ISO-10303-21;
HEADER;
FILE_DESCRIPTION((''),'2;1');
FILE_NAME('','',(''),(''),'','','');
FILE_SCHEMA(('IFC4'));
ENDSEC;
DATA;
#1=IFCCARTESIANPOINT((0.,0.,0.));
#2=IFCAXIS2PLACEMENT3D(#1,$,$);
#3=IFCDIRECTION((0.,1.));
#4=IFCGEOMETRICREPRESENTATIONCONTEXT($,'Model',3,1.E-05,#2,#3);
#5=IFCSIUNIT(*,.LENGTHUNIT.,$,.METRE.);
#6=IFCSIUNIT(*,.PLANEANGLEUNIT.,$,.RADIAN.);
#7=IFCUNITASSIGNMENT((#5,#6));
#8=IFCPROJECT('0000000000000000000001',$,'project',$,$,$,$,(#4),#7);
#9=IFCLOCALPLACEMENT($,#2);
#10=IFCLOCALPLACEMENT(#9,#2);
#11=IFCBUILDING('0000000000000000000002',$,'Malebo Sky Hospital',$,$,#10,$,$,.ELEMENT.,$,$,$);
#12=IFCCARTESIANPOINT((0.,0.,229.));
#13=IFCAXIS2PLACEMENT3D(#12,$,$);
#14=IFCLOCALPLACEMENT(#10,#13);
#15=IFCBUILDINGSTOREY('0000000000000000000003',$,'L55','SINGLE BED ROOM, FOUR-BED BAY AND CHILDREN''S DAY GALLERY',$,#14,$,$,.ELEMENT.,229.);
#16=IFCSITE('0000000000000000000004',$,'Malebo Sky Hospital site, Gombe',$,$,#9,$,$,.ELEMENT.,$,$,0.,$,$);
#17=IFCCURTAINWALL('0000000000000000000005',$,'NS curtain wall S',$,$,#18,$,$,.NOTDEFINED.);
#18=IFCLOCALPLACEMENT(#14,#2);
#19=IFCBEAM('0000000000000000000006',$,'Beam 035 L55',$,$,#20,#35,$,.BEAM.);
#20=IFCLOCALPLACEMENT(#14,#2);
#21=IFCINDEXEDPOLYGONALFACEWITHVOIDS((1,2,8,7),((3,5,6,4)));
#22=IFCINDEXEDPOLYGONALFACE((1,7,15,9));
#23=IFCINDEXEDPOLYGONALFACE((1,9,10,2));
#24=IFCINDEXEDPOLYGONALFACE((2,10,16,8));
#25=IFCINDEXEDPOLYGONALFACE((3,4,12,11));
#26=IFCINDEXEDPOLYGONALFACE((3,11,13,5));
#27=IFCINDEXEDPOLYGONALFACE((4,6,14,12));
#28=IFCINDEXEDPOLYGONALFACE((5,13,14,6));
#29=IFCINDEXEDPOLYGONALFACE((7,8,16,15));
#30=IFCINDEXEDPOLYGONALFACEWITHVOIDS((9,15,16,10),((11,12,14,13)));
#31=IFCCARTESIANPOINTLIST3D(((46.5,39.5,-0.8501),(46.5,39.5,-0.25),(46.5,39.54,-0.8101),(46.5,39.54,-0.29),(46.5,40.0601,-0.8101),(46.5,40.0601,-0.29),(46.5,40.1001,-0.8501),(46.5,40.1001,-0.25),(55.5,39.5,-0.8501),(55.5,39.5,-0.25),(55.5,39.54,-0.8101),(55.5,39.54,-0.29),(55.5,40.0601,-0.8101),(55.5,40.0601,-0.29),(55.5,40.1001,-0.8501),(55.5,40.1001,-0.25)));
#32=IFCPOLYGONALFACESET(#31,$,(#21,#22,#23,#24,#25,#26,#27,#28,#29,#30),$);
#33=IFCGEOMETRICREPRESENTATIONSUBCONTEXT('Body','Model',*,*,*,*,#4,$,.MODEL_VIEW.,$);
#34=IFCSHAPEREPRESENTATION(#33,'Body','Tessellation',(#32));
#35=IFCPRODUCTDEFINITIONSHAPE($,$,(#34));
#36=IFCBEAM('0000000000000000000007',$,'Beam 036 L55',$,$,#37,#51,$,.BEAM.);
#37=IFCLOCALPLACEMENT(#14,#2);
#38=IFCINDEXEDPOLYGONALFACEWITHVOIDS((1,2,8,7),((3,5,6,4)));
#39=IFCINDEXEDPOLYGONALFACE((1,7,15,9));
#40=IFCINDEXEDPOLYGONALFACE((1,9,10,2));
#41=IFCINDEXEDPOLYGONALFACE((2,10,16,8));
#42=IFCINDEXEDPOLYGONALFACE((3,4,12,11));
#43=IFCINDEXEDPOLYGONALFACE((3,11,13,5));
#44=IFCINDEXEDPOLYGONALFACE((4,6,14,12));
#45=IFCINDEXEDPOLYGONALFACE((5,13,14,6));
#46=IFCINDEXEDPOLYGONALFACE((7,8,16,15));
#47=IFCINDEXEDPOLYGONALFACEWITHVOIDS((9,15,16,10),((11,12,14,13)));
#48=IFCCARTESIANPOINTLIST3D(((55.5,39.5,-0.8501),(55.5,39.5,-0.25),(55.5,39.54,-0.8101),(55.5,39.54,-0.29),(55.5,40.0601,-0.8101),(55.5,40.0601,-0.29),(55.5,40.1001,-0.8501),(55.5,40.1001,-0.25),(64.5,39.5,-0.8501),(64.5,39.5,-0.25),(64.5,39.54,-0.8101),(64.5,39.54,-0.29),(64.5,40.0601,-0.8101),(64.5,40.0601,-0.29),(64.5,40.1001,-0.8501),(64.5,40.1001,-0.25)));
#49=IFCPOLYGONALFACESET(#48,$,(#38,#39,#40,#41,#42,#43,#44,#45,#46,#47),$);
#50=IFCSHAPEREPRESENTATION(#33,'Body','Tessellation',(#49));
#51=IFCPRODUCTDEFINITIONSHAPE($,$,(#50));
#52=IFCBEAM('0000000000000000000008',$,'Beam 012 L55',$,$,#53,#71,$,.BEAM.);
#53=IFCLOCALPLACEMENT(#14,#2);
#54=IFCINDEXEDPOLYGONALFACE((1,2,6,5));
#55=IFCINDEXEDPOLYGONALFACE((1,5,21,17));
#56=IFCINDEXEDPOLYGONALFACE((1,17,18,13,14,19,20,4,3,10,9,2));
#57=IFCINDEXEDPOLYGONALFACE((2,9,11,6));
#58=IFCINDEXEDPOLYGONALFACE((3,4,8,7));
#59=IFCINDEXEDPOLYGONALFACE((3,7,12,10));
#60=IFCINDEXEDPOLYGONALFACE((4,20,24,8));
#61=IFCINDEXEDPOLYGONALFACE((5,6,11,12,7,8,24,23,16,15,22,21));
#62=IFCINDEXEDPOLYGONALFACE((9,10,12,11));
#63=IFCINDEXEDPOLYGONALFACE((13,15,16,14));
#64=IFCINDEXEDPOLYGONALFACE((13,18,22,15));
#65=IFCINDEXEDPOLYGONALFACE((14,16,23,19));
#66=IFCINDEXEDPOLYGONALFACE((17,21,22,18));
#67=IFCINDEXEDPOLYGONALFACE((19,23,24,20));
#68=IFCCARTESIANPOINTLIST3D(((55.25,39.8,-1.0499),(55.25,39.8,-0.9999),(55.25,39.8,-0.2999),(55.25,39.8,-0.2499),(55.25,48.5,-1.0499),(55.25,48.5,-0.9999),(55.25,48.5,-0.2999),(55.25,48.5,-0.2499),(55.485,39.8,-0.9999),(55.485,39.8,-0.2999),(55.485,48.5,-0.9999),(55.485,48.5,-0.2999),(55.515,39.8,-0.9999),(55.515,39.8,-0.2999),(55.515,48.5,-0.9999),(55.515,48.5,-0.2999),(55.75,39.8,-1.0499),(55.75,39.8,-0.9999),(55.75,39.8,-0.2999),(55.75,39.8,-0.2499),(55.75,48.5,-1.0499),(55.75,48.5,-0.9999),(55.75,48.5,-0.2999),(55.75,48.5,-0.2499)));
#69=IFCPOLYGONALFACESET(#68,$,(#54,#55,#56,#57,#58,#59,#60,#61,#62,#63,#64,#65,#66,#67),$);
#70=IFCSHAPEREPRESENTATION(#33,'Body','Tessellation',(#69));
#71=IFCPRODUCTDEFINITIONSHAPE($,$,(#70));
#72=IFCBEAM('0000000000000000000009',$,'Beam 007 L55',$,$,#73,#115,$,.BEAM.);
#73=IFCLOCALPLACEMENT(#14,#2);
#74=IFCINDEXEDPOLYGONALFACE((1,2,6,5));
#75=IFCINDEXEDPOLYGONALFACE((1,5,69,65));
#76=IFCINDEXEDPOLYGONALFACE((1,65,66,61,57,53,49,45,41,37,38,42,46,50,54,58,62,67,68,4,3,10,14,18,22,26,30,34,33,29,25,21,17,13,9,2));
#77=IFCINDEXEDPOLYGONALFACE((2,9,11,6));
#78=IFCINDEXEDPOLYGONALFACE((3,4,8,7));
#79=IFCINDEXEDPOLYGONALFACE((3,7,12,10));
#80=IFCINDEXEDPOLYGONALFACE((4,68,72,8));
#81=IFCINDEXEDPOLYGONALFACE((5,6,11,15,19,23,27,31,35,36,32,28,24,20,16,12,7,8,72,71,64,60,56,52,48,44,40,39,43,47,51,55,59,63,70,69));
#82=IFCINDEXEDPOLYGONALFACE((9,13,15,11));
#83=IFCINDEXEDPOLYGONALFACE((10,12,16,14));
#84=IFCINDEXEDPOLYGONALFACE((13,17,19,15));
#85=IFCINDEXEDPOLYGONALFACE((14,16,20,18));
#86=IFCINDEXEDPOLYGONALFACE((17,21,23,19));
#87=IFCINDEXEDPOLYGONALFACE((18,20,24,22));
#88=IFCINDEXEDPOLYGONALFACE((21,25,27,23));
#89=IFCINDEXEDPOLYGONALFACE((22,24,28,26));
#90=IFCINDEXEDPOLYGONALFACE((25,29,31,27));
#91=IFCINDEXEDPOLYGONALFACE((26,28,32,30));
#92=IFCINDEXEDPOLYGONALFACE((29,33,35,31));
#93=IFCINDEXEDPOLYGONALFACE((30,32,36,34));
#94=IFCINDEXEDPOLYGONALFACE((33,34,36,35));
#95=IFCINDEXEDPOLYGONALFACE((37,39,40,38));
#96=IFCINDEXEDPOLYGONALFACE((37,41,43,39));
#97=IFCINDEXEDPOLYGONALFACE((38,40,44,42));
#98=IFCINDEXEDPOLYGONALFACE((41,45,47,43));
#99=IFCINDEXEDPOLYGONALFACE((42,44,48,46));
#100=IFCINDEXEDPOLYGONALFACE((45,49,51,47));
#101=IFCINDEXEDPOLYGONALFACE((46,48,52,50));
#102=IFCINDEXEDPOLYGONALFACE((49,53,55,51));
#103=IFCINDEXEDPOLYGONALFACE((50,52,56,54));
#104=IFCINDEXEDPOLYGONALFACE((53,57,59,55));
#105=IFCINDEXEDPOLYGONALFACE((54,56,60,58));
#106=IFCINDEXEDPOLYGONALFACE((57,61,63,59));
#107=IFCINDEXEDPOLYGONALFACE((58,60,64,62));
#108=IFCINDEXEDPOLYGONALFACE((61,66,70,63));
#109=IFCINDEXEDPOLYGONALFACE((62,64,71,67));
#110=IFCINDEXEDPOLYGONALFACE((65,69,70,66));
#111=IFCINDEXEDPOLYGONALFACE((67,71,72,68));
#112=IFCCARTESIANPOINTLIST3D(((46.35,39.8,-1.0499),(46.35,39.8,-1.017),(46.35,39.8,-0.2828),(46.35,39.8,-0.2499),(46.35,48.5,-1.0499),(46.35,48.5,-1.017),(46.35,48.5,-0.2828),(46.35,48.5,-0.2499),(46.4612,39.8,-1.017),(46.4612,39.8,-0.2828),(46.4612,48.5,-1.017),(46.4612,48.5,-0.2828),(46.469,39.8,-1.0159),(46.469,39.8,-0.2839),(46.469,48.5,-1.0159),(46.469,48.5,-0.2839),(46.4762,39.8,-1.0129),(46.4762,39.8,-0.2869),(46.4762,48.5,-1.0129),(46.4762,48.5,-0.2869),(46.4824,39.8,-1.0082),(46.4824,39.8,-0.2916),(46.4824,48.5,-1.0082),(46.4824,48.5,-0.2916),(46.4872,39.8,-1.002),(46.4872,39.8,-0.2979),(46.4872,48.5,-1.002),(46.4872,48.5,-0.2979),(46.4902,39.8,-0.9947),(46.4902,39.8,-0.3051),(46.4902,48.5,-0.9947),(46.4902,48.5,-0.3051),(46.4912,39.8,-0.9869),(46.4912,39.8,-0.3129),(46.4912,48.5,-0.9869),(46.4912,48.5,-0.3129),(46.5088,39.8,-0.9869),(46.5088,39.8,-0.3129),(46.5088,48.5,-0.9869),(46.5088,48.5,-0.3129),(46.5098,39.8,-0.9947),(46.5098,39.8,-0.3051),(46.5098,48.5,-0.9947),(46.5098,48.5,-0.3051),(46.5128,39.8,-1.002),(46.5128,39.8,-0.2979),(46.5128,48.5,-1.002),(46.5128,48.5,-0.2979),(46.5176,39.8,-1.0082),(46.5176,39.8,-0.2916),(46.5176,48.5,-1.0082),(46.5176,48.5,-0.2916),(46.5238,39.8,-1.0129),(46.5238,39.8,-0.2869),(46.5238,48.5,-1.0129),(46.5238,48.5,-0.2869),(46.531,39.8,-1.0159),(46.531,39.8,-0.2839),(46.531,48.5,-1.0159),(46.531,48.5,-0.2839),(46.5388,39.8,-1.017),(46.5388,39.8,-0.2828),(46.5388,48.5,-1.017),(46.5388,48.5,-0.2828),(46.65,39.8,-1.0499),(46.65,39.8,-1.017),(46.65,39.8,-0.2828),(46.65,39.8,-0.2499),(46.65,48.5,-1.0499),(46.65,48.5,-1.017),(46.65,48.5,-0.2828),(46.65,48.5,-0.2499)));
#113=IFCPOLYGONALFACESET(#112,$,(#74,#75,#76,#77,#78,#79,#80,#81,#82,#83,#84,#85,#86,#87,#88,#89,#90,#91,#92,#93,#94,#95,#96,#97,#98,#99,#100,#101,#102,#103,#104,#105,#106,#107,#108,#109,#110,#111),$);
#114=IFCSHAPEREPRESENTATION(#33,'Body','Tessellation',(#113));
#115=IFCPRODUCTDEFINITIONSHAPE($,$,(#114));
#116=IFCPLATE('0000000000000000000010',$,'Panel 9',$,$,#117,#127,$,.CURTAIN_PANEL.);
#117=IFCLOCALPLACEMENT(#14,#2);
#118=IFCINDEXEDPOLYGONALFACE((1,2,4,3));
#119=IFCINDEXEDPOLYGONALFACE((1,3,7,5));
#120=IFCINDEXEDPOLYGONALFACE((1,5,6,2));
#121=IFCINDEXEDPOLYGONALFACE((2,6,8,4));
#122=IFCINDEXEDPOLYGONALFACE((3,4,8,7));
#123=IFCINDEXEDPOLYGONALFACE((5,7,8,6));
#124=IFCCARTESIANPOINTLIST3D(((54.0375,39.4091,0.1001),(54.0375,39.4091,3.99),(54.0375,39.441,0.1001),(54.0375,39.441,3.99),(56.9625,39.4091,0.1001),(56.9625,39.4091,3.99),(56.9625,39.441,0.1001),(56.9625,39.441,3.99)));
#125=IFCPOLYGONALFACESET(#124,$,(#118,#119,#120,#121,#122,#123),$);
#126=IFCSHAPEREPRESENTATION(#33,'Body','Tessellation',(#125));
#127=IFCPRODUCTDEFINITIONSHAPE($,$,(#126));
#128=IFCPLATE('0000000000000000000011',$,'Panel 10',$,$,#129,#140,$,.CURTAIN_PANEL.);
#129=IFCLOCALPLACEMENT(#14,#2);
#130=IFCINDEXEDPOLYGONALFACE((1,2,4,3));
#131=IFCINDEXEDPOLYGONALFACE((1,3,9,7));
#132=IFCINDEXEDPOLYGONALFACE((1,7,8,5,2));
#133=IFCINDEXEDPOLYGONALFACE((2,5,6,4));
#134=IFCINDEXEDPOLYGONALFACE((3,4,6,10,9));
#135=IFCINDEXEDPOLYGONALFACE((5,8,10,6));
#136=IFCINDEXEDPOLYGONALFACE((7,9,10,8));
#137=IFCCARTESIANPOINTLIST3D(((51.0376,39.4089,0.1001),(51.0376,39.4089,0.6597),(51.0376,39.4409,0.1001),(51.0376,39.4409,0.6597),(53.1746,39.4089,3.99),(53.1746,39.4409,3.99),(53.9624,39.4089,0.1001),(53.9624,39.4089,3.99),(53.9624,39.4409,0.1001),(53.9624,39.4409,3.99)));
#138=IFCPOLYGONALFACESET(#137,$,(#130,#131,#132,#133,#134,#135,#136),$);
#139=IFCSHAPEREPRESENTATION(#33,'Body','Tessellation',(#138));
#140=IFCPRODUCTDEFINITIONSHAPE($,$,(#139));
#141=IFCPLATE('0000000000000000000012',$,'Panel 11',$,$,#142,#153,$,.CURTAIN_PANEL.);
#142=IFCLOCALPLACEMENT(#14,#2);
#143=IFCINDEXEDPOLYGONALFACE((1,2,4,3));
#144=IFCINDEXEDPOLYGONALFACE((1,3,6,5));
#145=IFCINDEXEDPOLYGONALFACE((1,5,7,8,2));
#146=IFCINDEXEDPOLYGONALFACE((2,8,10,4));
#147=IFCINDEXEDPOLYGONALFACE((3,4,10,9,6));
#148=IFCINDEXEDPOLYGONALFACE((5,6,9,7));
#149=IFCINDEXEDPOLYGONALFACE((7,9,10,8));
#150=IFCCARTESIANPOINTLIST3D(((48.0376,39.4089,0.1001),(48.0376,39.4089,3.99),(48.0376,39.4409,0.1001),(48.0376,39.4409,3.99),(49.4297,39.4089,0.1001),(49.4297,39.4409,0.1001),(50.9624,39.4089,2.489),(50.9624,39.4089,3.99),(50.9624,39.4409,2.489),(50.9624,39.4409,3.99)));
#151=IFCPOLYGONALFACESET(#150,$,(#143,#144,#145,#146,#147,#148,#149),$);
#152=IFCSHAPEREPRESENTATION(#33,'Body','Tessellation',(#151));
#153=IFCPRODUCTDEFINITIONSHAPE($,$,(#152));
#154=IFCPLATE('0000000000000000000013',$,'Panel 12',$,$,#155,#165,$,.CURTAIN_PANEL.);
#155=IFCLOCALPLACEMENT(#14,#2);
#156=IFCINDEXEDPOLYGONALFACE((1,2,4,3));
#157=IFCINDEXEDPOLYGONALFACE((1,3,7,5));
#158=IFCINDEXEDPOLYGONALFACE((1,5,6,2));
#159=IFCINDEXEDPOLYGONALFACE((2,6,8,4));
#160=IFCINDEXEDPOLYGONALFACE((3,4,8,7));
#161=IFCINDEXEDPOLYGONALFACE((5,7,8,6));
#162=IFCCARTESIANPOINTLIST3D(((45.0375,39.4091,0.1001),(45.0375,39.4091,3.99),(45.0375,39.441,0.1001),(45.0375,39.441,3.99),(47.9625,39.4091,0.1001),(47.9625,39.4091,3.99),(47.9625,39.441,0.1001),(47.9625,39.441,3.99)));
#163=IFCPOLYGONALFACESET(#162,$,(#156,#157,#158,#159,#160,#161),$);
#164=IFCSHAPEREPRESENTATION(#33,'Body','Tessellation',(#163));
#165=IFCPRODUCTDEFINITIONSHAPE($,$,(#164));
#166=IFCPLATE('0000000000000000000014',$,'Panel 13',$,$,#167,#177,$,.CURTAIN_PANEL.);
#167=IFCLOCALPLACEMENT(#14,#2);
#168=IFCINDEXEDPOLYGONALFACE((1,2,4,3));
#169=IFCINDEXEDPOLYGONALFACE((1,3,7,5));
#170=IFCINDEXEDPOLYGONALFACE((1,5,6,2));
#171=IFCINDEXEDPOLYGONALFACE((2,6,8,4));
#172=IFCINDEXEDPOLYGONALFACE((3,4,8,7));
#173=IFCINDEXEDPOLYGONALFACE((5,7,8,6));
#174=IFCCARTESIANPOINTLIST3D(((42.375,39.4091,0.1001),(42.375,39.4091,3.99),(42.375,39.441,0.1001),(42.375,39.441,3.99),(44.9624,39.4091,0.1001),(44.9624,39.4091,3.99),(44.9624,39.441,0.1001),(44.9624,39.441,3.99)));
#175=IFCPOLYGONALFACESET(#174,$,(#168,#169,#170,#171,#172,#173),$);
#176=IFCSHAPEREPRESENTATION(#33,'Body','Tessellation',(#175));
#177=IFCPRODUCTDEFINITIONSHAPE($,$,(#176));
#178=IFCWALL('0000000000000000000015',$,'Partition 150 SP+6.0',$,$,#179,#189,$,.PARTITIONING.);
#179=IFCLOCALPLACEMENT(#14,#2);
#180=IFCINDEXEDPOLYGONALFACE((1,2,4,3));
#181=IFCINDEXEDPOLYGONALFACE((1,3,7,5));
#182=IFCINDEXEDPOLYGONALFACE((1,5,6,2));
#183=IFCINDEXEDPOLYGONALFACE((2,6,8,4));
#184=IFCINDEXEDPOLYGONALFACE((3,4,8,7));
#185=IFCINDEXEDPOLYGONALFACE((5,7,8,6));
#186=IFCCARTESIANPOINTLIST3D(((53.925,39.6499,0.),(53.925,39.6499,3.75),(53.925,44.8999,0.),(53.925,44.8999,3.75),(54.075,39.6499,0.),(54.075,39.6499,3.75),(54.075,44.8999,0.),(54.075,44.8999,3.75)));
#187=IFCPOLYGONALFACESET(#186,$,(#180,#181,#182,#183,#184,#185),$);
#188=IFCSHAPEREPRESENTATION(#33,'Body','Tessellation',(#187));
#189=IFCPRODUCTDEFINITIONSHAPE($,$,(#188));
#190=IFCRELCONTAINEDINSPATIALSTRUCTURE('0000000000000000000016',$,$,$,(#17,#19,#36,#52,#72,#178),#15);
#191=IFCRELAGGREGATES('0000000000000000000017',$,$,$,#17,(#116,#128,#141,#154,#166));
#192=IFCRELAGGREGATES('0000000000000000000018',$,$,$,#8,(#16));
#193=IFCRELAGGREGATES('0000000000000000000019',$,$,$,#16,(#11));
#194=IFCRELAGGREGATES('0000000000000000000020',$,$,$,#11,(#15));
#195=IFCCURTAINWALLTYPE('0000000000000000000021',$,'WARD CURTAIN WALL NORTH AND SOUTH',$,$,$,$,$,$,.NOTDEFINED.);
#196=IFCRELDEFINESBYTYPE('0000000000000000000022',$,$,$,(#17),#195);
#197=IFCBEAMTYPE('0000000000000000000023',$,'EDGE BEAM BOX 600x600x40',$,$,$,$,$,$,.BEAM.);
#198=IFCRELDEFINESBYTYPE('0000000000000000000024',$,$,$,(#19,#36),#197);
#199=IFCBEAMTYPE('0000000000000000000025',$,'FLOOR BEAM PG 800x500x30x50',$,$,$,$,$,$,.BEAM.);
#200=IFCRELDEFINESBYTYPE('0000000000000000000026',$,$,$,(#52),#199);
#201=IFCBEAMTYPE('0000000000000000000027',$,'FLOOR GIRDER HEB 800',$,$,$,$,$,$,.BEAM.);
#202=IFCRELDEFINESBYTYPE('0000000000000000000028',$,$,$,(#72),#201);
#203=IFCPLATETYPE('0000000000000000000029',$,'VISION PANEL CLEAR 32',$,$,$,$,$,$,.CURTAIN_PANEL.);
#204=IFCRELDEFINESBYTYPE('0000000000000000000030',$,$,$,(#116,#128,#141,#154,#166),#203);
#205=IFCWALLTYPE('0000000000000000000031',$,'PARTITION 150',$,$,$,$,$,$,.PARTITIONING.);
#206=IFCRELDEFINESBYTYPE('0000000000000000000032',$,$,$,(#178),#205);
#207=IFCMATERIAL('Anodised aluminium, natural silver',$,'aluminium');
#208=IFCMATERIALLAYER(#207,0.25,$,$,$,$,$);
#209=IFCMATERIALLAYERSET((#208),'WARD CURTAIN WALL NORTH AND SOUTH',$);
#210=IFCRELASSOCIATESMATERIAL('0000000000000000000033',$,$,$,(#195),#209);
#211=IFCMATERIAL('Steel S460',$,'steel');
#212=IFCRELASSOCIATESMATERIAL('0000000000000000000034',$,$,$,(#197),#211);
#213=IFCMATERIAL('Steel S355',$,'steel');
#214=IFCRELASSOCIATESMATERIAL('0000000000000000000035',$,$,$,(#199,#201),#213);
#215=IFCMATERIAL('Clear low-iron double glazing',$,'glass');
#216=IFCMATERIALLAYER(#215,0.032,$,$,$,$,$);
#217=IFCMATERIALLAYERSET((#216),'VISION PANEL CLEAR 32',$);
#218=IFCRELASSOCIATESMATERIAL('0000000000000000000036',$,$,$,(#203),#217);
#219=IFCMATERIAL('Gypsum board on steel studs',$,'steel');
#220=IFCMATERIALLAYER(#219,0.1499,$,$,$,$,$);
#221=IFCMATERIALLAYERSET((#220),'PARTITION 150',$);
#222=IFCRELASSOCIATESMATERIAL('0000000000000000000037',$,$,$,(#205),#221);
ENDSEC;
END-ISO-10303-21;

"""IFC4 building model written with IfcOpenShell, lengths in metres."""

from ifc_helpers import new_model, si_unit, direction, frame, frame_2d, origin, origin_2d, place, context, subcontext, project, spatial, polyline, rectangle, hollow_rectangle, i_section, outline, extrude, material, layer, layer_set, material_profile, profile_set, type_object, element, aggregate, save


model = new_model("IFC4")

# Units and contexts
model_context = context("Model", 3, precision=1e-05, world=origin(), true_north=direction((0.0, 1.0)))
body_context = subcontext(model_context, "Body", "Model", "MODEL_VIEW")
ifc_project = project(units=[si_unit("LENGTHUNIT", "METRE"), si_unit("PLANEANGLEUNIT", "RADIAN")], contexts=[model_context])

# Site, building, storey
site_placement = place(None, origin())
site = spatial("IfcSite", under=ifc_project, at=site_placement, Name="Malebo Sky Hospital site, Gombe", CompositionType="ELEMENT", RefElevation=0.0)
building_placement = place(site_placement, origin())
building = spatial("IfcBuilding", under=site, at=building_placement, Name="Malebo Sky Hospital", CompositionType="ELEMENT")
storey_placement = place(building_placement, frame((0.0, 0.0, 229.0)))
storey = spatial("IfcBuildingStorey", under=building, at=storey_placement, Name="L55", Description="SINGLE BED ROOM, FOUR-BED BAY AND CHILDREN'S DAY GALLERY", CompositionType="ELEMENT", Elevation=229.0)

# Shared definitions
ifc_material_1 = material(Name="Steel S460", Category="steel")

# Curtain wall
ifc_material_2 = material(Name="Anodised aluminium, natural silver", Category="aluminium")
ifc_layer_1 = layer(ifc_material_2, 0.25)
ifc_layer_set_1 = layer_set([ifc_layer_1], Name="WARD CURTAIN WALL NORTH AND SOUTH")
curtain_wall_type = type_object("IfcCurtainWallType", Name="WARD CURTAIN WALL NORTH AND SOUTH", PredefinedType="NOTDEFINED", material=ifc_layer_set_1)
curtain_wall_placement = place(storey_placement, origin())
curtain_wall = element("IfcCurtainWall", 1, at=curtain_wall_placement, inside=storey, type_object=curtain_wall_type, Name="NS curtain wall S", PredefinedType="NOTDEFINED")

# Shared definitions
ifc_material_3 = material(Name="Steel S355", Category="steel")

# Beams
ifc_material_profile_1 = material_profile(ifc_material_1, hollow_rectangle(XDim=0.6001, YDim=0.6001, WallThickness=0.04, at=origin_2d()), Name="BOX 600x600x40")
ifc_profile_set_1 = profile_set([ifc_material_profile_1], Name="Steel S460")
beam_type_1 = type_object("IfcBeamType", Name="EDGE BEAM BOX 600x600x40", PredefinedType="BEAM", material=ifc_profile_set_1)
for number, where, z_axis, x_axis, name in (
    (2, (46.5, 39.8, -0.55), (1.0, 0.0, 0.0), (0.0, 1.0, 0.0), "Beam 035 L55"),
    (3, (55.5, 39.8, -0.55), (1.0, 0.0, 0.0), (0.0, 1.0, 0.0), "Beam 036 L55"),
):
    element("IfcBeam", number, at=place(storey_placement, frame(where, z_axis=z_axis, x_axis=x_axis)), inside=storey, type_object=beam_type_1, Name=name, PredefinedType="BEAM", context=body_context, shape_type="SweptSolid", body=[
        extrude(hollow_rectangle(XDim=0.6001, YDim=0.6001, WallThickness=0.04, at=origin_2d()), origin(), (0.0, 0.0, 1.0), 9.0),
    ])
ifc_material_profile_2 = material_profile(ifc_material_3, i_section(OverallWidth=0.5, OverallDepth=0.8, WebThickness=0.03, FlangeThickness=0.05, at=origin_2d()), Name="PG 800x500x30x50")
ifc_profile_set_2 = profile_set([ifc_material_profile_2], Name="Steel S355")
beam_type_2 = type_object("IfcBeamType", Name="FLOOR BEAM PG 800x500x30x50", PredefinedType="BEAM", material=ifc_profile_set_2)
beam_1_placement = place(storey_placement, frame((55.5, 39.8, -0.6499), z_axis=(0.0, 1.0, 0.0), x_axis=(-1.0, 0.0, 0.0)))
element("IfcBeam", 4, at=beam_1_placement, inside=storey, type_object=beam_type_2, Name="Beam 012 L55", PredefinedType="BEAM", context=body_context, shape_type="SweptSolid", body=[
    extrude(i_section(OverallWidth=0.5, OverallDepth=0.8, WebThickness=0.03, FlangeThickness=0.05, at=origin_2d()), origin(), (0.0, 0.0, 1.0), 8.7),
])
ifc_material_profile_3 = material_profile(ifc_material_3, i_section(OverallWidth=0.3, OverallDepth=0.8, WebThickness=0.0176, FlangeThickness=0.033, FilletRadius=0.03, at=origin_2d()), Name="HEB 800")
ifc_profile_set_3 = profile_set([ifc_material_profile_3], Name="Steel S355")
beam_type_3 = type_object("IfcBeamType", Name="FLOOR GIRDER HEB 800", PredefinedType="BEAM", material=ifc_profile_set_3)
beam_2_placement = place(storey_placement, frame((46.5, 39.8, -0.6499), z_axis=(0.0, 1.0, 0.0), x_axis=(-1.0, 0.0, 0.0)))
element("IfcBeam", 5, at=beam_2_placement, inside=storey, type_object=beam_type_3, Name="Beam 007 L55", PredefinedType="BEAM", context=body_context, shape_type="SweptSolid", body=[
    extrude(i_section(OverallWidth=0.3, OverallDepth=0.8, WebThickness=0.0176, FlangeThickness=0.033, FilletRadius=0.03, at=origin_2d()), origin(), (0.0, 0.0, 1.0), 8.7),
])

# Plates
ifc_material_4 = material(Name="Clear low-iron double glazing", Category="glass")
ifc_layer_2 = layer(ifc_material_4, 0.032)
ifc_layer_set_2 = layer_set([ifc_layer_2], Name="VISION PANEL CLEAR 32")
plate_type = type_object("IfcPlateType", Name="VISION PANEL CLEAR 32", PredefinedType="CURTAIN_PANEL", material=ifc_layer_set_2)
plate_1_placement = place(storey_placement, frame((55.5, 39.425, 0.1001), z_axis=(0.0, 0.0, 1.0), x_axis=(-1.0, 0.0, 0.0)))
plate_1 = element("IfcPlate", 6, at=plate_1_placement, type_object=plate_type, Name="Panel 9", PredefinedType="CURTAIN_PANEL", context=body_context, shape_type="SweptSolid", body=[
    extrude(rectangle(XDim=2.925, YDim=0.032, at=origin_2d()), origin(), (0.0, 0.0, 1.0), 3.8899),
])
plate_2_placement = place(storey_placement, frame((52.5, 39.425, 0.1001), z_axis=(0.0, 0.0, 1.0), x_axis=(-1.0, 0.0, 0.0)))
plate_2 = element("IfcPlate", 7, at=plate_2_placement, type_object=plate_type, Name="Panel 10", PredefinedType="CURTAIN_PANEL", context=body_context, shape_type="SweptSolid", body=[
    extrude(outline(polyline([(-1.4624, 0.0), (1.4624, 0.0), (1.4624, 0.5596), (-0.6746, 3.8899), (-1.4624, 3.8899), (-1.4624, 0.0)])), frame((0.0, 0.0161, 0.0), z_axis=(0.0, -1.0, 0.0), x_axis=(1.0, 0.0, 0.0)), (0.0, 0.0, 1.0), 0.032),
])
plate_3_placement = place(storey_placement, frame((49.5, 39.425, 0.1001), z_axis=(0.0, 0.0, 1.0), x_axis=(-1.0, 0.0, 0.0)))
plate_3 = element("IfcPlate", 8, at=plate_3_placement, type_object=plate_type, Name="Panel 11", PredefinedType="CURTAIN_PANEL", context=body_context, shape_type="SweptSolid", body=[
    extrude(outline(polyline([(0.0703, 0.0), (1.4624, 0.0), (1.4624, 3.8899), (-1.4624, 3.8899), (-1.4624, 2.3889), (0.0703, 0.0)])), frame((0.0, 0.0161, 0.0), z_axis=(0.0, -1.0, 0.0), x_axis=(1.0, 0.0, 0.0)), (0.0, 0.0, 1.0), 0.032),
])
plate_4_placement = place(storey_placement, frame((46.5, 39.425, 0.1001), z_axis=(0.0, 0.0, 1.0), x_axis=(-1.0, 0.0, 0.0)))
plate_4 = element("IfcPlate", 9, at=plate_4_placement, type_object=plate_type, Name="Panel 12", PredefinedType="CURTAIN_PANEL", context=body_context, shape_type="SweptSolid", body=[
    extrude(rectangle(XDim=2.925, YDim=0.032, at=origin_2d()), origin(), (0.0, 0.0, 1.0), 3.8899),
])
plate_5_placement = place(storey_placement, frame((43.6687, 39.425, 0.1001), z_axis=(0.0, 0.0, 1.0), x_axis=(-1.0, 0.0, 0.0)))
plate_5 = element("IfcPlate", 10, at=plate_5_placement, type_object=plate_type, Name="Panel 13", PredefinedType="CURTAIN_PANEL", context=body_context, shape_type="SweptSolid", body=[
    extrude(rectangle(XDim=2.5874, YDim=0.032, at=origin_2d()), origin(), (0.0, 0.0, 1.0), 3.8899),
])
aggregate(curtain_wall, [plate_1, plate_2, plate_3, plate_4, plate_5])

# Wall
ifc_material_5 = material(Name="Gypsum board on steel studs", Category="steel")
ifc_layer_3 = layer(ifc_material_5, 0.1499)
ifc_layer_set_3 = layer_set([ifc_layer_3], Name="PARTITION 150")
wall_type = type_object("IfcWallType", Name="PARTITION 150", PredefinedType="PARTITIONING", material=ifc_layer_set_3)
wall_1_placement = place(storey_placement, frame((54.0, 44.8999, 0.0), z_axis=(0.0, 0.0, 1.0), x_axis=(0.0, -1.0, 0.0)))
element("IfcWall", 11, at=wall_1_placement, inside=storey, type_object=wall_type, Name="Partition 150 SP+6.0", PredefinedType="PARTITIONING", context=body_context, shape_type="SweptSolid", body=[
    extrude(rectangle(XDim=5.25, YDim=0.1499, at=frame_2d((2.625, 0.0))), origin(), (0.0, 0.0, 1.0), 3.75),
])

save(model, "model.ifc")
